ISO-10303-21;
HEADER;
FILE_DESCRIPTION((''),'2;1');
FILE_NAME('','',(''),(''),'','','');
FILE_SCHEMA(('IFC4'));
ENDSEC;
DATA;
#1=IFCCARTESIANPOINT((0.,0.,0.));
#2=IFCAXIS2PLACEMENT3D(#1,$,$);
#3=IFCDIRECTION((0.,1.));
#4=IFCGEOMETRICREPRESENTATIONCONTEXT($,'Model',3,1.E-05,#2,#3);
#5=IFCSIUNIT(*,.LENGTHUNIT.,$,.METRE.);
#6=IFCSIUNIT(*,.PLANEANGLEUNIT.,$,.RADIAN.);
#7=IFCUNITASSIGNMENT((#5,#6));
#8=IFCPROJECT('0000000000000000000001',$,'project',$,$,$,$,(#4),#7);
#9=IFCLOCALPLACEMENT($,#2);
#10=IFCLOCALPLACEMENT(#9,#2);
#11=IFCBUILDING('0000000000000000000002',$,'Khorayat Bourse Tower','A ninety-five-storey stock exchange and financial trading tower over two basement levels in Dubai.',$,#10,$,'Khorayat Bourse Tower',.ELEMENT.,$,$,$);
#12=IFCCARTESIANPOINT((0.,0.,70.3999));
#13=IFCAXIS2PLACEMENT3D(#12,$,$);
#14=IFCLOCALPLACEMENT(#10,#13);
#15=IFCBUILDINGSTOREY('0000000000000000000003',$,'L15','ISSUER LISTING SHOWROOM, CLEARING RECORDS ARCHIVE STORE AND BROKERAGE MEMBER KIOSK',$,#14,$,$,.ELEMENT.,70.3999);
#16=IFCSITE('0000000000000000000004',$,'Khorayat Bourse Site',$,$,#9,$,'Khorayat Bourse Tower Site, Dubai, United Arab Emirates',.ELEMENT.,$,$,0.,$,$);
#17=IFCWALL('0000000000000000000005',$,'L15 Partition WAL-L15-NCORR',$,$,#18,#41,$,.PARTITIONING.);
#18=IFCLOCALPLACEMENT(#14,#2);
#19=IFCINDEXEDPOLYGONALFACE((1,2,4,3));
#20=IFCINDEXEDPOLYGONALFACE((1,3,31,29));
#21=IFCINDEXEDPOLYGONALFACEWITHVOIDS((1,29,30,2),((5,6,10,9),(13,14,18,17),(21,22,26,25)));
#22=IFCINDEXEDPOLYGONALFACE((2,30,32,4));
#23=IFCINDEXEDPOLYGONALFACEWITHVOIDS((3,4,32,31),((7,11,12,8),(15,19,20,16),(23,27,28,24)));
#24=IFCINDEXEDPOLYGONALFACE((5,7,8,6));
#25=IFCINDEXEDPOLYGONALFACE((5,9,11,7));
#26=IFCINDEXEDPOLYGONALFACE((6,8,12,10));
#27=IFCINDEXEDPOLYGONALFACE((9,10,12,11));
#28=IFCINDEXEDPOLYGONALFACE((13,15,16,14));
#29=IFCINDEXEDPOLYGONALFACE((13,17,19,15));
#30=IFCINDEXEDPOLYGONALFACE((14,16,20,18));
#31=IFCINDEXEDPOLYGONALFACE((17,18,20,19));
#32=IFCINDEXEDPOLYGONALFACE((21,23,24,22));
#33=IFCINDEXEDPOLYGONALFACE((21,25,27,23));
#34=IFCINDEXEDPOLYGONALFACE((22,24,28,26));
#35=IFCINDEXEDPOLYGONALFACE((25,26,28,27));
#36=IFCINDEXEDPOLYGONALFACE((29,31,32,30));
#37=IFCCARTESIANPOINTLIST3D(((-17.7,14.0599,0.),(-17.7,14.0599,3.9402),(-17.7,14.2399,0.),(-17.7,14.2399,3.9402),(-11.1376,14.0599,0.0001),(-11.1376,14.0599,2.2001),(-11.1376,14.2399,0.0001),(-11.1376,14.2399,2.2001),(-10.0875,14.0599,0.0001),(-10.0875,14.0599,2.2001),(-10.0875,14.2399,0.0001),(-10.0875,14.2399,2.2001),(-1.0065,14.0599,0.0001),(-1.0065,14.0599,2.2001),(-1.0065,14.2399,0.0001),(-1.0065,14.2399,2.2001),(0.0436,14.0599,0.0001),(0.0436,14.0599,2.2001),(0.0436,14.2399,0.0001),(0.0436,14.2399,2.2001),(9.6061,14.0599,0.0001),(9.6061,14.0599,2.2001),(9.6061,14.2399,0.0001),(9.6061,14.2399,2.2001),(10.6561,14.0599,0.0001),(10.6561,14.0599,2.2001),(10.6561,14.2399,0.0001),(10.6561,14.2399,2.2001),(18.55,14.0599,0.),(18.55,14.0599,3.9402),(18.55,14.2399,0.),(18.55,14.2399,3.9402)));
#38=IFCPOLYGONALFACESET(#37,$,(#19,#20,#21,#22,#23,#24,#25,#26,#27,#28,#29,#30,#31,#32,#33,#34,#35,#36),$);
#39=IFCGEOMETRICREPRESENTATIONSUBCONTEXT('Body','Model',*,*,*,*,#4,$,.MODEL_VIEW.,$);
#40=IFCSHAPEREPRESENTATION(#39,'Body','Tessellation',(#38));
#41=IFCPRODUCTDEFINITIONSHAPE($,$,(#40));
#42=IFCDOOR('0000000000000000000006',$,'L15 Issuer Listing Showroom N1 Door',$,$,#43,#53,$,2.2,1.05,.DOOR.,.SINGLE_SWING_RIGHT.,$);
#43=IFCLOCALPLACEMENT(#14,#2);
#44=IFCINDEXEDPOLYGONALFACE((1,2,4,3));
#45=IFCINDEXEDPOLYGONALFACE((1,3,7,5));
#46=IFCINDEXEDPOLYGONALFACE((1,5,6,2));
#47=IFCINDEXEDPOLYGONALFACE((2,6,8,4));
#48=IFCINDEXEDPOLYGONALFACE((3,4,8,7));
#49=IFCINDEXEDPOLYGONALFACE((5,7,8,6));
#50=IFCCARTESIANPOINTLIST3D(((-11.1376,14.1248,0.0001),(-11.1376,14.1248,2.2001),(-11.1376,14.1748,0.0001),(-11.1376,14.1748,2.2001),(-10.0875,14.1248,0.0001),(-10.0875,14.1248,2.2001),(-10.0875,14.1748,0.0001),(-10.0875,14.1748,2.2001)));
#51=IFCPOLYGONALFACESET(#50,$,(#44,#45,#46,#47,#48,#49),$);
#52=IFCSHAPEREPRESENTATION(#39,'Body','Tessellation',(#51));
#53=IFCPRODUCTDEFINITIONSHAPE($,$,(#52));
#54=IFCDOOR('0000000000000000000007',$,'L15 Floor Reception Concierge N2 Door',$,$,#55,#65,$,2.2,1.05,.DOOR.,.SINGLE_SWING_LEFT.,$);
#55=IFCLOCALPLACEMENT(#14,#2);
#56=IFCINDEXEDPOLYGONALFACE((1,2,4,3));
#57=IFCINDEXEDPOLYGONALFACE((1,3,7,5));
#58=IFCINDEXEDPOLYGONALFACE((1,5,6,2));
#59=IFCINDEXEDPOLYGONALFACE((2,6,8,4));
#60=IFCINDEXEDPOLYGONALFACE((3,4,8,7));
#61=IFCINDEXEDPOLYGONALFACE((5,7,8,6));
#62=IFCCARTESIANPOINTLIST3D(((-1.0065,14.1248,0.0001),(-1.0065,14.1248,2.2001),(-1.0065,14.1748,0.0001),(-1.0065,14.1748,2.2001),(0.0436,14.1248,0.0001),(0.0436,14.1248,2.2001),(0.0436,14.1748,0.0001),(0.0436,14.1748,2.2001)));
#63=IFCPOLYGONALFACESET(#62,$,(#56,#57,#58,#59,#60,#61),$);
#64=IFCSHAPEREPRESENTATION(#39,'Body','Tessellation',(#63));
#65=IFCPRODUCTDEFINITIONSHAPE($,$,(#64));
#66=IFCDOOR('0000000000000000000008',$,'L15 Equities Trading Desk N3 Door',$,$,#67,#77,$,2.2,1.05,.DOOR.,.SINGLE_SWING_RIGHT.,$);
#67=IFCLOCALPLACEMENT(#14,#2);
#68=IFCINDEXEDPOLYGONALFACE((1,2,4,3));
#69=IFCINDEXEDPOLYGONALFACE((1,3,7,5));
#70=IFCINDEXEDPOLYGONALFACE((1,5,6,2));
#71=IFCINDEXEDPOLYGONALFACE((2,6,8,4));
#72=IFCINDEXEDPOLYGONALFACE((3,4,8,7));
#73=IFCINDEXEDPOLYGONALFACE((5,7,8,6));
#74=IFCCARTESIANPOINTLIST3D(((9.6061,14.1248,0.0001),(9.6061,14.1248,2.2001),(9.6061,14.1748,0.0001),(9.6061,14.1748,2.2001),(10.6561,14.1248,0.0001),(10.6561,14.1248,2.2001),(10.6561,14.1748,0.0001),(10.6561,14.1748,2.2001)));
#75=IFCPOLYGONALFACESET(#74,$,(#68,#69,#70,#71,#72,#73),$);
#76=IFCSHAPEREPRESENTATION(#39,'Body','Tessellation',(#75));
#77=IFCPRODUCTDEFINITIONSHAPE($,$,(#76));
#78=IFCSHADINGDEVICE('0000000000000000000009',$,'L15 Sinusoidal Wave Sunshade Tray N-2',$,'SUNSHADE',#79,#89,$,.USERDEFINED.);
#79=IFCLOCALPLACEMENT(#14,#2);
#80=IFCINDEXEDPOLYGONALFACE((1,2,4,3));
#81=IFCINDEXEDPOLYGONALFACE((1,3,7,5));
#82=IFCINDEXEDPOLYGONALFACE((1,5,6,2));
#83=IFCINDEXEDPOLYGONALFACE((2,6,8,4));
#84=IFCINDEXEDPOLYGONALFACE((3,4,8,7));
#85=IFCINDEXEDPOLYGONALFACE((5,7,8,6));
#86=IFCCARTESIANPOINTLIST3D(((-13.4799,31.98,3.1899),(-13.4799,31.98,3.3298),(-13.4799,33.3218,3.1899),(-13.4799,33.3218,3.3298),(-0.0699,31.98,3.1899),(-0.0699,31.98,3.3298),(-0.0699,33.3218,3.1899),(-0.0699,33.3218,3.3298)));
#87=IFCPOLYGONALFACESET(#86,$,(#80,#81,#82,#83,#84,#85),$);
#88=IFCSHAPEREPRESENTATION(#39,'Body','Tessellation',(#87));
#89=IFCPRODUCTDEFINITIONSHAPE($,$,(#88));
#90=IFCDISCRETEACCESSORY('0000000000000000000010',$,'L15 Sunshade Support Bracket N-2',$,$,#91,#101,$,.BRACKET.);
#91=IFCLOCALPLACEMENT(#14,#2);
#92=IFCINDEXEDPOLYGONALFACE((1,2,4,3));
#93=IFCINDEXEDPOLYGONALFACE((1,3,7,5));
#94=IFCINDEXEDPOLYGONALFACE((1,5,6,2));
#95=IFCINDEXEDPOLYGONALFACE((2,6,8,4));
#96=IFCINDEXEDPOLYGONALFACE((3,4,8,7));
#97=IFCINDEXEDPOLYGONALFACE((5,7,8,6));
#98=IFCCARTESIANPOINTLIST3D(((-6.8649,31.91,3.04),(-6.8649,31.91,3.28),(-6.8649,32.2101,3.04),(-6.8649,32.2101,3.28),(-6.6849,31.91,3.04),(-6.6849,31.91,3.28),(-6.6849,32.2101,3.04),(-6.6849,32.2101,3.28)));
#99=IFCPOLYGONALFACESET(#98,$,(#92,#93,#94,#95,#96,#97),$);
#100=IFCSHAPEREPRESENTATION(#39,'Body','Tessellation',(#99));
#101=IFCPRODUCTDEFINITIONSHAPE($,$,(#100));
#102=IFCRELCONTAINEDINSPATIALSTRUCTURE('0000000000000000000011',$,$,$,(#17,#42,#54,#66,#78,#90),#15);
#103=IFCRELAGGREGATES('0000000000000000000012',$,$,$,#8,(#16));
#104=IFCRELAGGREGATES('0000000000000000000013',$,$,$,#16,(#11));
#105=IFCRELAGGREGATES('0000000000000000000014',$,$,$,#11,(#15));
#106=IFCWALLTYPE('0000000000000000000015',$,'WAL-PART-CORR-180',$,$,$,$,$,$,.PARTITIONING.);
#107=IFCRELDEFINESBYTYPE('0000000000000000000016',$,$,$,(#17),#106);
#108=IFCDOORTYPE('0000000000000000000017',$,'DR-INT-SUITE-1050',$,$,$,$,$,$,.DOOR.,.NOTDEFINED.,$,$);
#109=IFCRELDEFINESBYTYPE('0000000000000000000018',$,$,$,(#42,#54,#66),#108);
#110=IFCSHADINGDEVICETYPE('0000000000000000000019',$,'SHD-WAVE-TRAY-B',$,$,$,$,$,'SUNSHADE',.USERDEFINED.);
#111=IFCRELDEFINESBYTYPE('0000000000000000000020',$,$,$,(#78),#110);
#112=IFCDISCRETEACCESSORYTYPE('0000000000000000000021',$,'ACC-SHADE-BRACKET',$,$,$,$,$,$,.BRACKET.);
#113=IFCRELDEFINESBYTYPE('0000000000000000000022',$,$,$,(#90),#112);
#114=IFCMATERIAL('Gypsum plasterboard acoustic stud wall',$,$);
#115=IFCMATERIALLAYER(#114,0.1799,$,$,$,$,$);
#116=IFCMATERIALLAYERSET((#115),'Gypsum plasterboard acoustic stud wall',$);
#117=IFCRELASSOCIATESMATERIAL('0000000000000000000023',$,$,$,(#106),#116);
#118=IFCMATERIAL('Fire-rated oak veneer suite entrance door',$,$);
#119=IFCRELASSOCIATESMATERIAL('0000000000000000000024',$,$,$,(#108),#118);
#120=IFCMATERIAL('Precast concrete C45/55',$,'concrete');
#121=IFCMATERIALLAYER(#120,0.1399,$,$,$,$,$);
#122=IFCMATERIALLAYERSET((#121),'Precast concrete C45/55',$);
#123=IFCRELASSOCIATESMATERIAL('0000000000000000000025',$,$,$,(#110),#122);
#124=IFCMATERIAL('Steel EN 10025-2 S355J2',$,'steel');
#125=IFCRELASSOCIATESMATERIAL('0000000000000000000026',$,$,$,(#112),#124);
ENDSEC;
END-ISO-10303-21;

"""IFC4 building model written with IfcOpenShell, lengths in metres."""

from ifc_helpers import new_model, si_unit, direction, frame, frame_2d, origin, origin_2d, place, context, subcontext, project, spatial, rectangle, extrude, source, transform, mapped, material, layer, layer_set, type_object, element, fill, save


model = new_model("IFC4")

# Units and contexts
model_context = context("Model", 3, precision=1e-05, world=origin(), true_north=direction((0.0, 1.0)))
body_context = subcontext(model_context, "Body", "Model", "MODEL_VIEW")
ifc_project = project(units=[si_unit("LENGTHUNIT", "METRE"), si_unit("PLANEANGLEUNIT", "RADIAN")], contexts=[model_context])

# Site, building, storey
site_placement = place(None, origin())
site = spatial("IfcSite", under=ifc_project, at=site_placement, Name="Khorayat Bourse Site", LongName="Khorayat Bourse Tower Site, Dubai, United Arab Emirates", CompositionType="ELEMENT", RefElevation=0.0)
building_placement = place(site_placement, origin())
building = spatial("IfcBuilding", under=site, at=building_placement, Name="Khorayat Bourse Tower", Description="A ninety-five-storey stock exchange and financial trading tower over two basement levels in Dubai.", LongName="Khorayat Bourse Tower", CompositionType="ELEMENT")
storey_placement = place(building_placement, frame((0.0, 0.0, 70.3999)))
storey = spatial("IfcBuildingStorey", under=building, at=storey_placement, Name="L15", Description="ISSUER LISTING SHOWROOM, CLEARING RECORDS ARCHIVE STORE AND BROKERAGE MEMBER KIOSK", CompositionType="ELEMENT", Elevation=70.3999)

# Shared definitions
ifc_material_1 = material(Name="Steel EN 10025-2 S355J2", Category="steel")

# Wall, openings, doors
ifc_material_2 = material(Name="Gypsum plasterboard acoustic stud wall")
ifc_layer_1 = layer(ifc_material_2, 0.1799)
ifc_layer_set_1 = layer_set([ifc_layer_1], Name="Gypsum plasterboard acoustic stud wall")
wall_type_1 = type_object("IfcWallType", Name="WAL-PART-CORR-180", PredefinedType="PARTITIONING", material=ifc_layer_set_1)
shared_shape_1 = source(origin(), body_context, "Body", "SweptSolid", [
    extrude(rectangle(XDim=36.25, YDim=0.1799, at=frame_2d((18.125, 0.0))), origin(), (0.0, 0.0, 1.0), 3.9402),
])
wall_1_placement = place(storey_placement, frame((-17.7, 14.1499, 0.0), z_axis=(0.0, 0.0, 1.0), x_axis=(1.0, 0.0, 0.0)))
wall_1 = element("IfcWall", 1, at=wall_1_placement, inside=storey, type_object=wall_type_1, Name="L15 Partition WAL-L15-NCORR", PredefinedType="PARTITIONING", context=body_context, shape_type="MappedRepresentation", body=[
    mapped(shared_shape_1, transform((0.0, 0.0, 0.0), scale=1.0)),
])
shared_shape_2 = source(origin(), body_context, "Body", "SweptSolid", [
    extrude(rectangle(XDim=1.05, YDim=2.2, at=frame_2d((0.5249, 1.1001))), frame((0.0, 0.0999, 0.0), z_axis=(0.0, -1.0, 0.0), x_axis=(1.0, 0.0, 0.0)), (0.0, 0.0, 1.0), 0.2),
])
opening_1_placement = place(wall_1_placement, frame((6.5625, 0.0, 0.0)))
opening_1 = element("IfcOpeningElement", 2, at=opening_1_placement, cuts=wall_1, PredefinedType="OPENING", context=body_context, shape_type="MappedRepresentation", body=[
    mapped(shared_shape_2, transform((0.0, 0.0, 0.0), scale=1.0)),
])
opening_2_placement = place(wall_1_placement, frame((16.6936, 0.0, 0.0)))
opening_2 = element("IfcOpeningElement", 3, at=opening_2_placement, cuts=wall_1, PredefinedType="OPENING", context=body_context, shape_type="MappedRepresentation", body=[
    mapped(shared_shape_2, transform((0.0, 0.0, 0.0), scale=1.0)),
])
opening_3_placement = place(wall_1_placement, frame((27.3062, 0.0, 0.0)))
opening_3 = element("IfcOpeningElement", 4, at=opening_3_placement, cuts=wall_1, PredefinedType="OPENING", context=body_context, shape_type="MappedRepresentation", body=[
    mapped(shared_shape_2, transform((0.0, 0.0, 0.0), scale=1.0)),
])
ifc_material_3 = material(Name="Fire-rated oak veneer suite entrance door")
door_type_1 = type_object("IfcDoorType", Name="DR-INT-SUITE-1050", OperationType="NOTDEFINED", PredefinedType="DOOR", material=ifc_material_3)
shared_shape_3 = source(origin(), body_context, "Body", "SweptSolid", [
    extrude(rectangle(XDim=1.05, YDim=2.2, at=frame_2d((0.5249, 1.1001))), frame((0.0, 0.0249, 0.0), z_axis=(0.0, -1.0, 0.0), x_axis=(1.0, 0.0, 0.0)), (0.0, 0.0, 1.0), 0.05),
])
door_1_placement = place(opening_1_placement, origin())
door_1 = element("IfcDoor", 5, at=door_1_placement, inside=storey, type_object=door_type_1, Name="L15 Issuer Listing Showroom N1 Door", OperationType="SINGLE_SWING_RIGHT", OverallHeight=2.2, OverallWidth=1.05, PredefinedType="DOOR", context=body_context, shape_type="MappedRepresentation", body=[
    mapped(shared_shape_3, transform((0.0, 0.0, 0.0), scale=1.0)),
])
fill(opening_1, door_1)
door_2_placement = place(opening_2_placement, origin())
door_2 = element("IfcDoor", 6, at=door_2_placement, inside=storey, type_object=door_type_1, Name="L15 Floor Reception Concierge N2 Door", OperationType="SINGLE_SWING_LEFT", OverallHeight=2.2, OverallWidth=1.05, PredefinedType="DOOR", context=body_context, shape_type="MappedRepresentation", body=[
    mapped(shared_shape_3, transform((0.0, 0.0, 0.0), scale=1.0)),
])
fill(opening_2, door_2)
door_3_placement = place(opening_3_placement, origin())
door_3 = element("IfcDoor", 7, at=door_3_placement, inside=storey, type_object=door_type_1, Name="L15 Equities Trading Desk N3 Door", OperationType="SINGLE_SWING_RIGHT", OverallHeight=2.2, OverallWidth=1.05, PredefinedType="DOOR", context=body_context, shape_type="MappedRepresentation", body=[
    mapped(shared_shape_3, transform((0.0, 0.0, 0.0), scale=1.0)),
])
fill(opening_3, door_3)

# Shading device
ifc_material_4 = material(Name="Precast concrete C45/55", Category="concrete")
ifc_layer_2 = layer(ifc_material_4, 0.1399)
ifc_layer_set_2 = layer_set([ifc_layer_2], Name="Precast concrete C45/55")
shading_device_type = type_object("IfcShadingDeviceType", Name="SHD-WAVE-TRAY-B", ElementType="SUNSHADE", PredefinedType="USERDEFINED", material=ifc_layer_set_2)
shared_shape_4 = source(origin(), body_context, "Body", "SweptSolid", [
    extrude(rectangle(XDim=13.4099, YDim=1.3418, at=origin_2d()), origin(), (0.0, 0.0, 1.0), 0.1399),
])
shading_device_placement = place(storey_placement, frame((-6.7749, 32.6509, 3.1899), z_axis=(0.0, 0.0, 1.0), x_axis=(1.0, 0.0, 0.0)))
element("IfcShadingDevice", 8, at=shading_device_placement, inside=storey, type_object=shading_device_type, Name="L15 Sinusoidal Wave Sunshade Tray N-2", ObjectType="SUNSHADE", PredefinedType="USERDEFINED", context=body_context, shape_type="MappedRepresentation", body=[
    mapped(shared_shape_4, transform((0.0, 0.0, 0.0), scale=1.0)),
])

# Discrete accessory
discrete_accessory_type = type_object("IfcDiscreteAccessoryType", Name="ACC-SHADE-BRACKET", PredefinedType="BRACKET", material=ifc_material_1)
shared_shape_5 = source(origin(), body_context, "Body", "SweptSolid", [
    extrude(rectangle(XDim=0.1799, YDim=0.3, at=origin_2d()), origin(), (0.0, 0.0, 1.0), 0.24),
])
discrete_accessory_placement = place(storey_placement, frame((-6.7749, 32.0601, 3.04), z_axis=(0.0, 0.0, 1.0), x_axis=(1.0, 0.0, 0.0)))
element("IfcDiscreteAccessory", 9, at=discrete_accessory_placement, inside=storey, type_object=discrete_accessory_type, Name="L15 Sunshade Support Bracket N-2", PredefinedType="BRACKET", context=body_context, shape_type="MappedRepresentation", body=[
    mapped(shared_shape_5, transform((0.0, 0.0, 0.0), scale=1.0)),
])

save(model, "model.ifc")
